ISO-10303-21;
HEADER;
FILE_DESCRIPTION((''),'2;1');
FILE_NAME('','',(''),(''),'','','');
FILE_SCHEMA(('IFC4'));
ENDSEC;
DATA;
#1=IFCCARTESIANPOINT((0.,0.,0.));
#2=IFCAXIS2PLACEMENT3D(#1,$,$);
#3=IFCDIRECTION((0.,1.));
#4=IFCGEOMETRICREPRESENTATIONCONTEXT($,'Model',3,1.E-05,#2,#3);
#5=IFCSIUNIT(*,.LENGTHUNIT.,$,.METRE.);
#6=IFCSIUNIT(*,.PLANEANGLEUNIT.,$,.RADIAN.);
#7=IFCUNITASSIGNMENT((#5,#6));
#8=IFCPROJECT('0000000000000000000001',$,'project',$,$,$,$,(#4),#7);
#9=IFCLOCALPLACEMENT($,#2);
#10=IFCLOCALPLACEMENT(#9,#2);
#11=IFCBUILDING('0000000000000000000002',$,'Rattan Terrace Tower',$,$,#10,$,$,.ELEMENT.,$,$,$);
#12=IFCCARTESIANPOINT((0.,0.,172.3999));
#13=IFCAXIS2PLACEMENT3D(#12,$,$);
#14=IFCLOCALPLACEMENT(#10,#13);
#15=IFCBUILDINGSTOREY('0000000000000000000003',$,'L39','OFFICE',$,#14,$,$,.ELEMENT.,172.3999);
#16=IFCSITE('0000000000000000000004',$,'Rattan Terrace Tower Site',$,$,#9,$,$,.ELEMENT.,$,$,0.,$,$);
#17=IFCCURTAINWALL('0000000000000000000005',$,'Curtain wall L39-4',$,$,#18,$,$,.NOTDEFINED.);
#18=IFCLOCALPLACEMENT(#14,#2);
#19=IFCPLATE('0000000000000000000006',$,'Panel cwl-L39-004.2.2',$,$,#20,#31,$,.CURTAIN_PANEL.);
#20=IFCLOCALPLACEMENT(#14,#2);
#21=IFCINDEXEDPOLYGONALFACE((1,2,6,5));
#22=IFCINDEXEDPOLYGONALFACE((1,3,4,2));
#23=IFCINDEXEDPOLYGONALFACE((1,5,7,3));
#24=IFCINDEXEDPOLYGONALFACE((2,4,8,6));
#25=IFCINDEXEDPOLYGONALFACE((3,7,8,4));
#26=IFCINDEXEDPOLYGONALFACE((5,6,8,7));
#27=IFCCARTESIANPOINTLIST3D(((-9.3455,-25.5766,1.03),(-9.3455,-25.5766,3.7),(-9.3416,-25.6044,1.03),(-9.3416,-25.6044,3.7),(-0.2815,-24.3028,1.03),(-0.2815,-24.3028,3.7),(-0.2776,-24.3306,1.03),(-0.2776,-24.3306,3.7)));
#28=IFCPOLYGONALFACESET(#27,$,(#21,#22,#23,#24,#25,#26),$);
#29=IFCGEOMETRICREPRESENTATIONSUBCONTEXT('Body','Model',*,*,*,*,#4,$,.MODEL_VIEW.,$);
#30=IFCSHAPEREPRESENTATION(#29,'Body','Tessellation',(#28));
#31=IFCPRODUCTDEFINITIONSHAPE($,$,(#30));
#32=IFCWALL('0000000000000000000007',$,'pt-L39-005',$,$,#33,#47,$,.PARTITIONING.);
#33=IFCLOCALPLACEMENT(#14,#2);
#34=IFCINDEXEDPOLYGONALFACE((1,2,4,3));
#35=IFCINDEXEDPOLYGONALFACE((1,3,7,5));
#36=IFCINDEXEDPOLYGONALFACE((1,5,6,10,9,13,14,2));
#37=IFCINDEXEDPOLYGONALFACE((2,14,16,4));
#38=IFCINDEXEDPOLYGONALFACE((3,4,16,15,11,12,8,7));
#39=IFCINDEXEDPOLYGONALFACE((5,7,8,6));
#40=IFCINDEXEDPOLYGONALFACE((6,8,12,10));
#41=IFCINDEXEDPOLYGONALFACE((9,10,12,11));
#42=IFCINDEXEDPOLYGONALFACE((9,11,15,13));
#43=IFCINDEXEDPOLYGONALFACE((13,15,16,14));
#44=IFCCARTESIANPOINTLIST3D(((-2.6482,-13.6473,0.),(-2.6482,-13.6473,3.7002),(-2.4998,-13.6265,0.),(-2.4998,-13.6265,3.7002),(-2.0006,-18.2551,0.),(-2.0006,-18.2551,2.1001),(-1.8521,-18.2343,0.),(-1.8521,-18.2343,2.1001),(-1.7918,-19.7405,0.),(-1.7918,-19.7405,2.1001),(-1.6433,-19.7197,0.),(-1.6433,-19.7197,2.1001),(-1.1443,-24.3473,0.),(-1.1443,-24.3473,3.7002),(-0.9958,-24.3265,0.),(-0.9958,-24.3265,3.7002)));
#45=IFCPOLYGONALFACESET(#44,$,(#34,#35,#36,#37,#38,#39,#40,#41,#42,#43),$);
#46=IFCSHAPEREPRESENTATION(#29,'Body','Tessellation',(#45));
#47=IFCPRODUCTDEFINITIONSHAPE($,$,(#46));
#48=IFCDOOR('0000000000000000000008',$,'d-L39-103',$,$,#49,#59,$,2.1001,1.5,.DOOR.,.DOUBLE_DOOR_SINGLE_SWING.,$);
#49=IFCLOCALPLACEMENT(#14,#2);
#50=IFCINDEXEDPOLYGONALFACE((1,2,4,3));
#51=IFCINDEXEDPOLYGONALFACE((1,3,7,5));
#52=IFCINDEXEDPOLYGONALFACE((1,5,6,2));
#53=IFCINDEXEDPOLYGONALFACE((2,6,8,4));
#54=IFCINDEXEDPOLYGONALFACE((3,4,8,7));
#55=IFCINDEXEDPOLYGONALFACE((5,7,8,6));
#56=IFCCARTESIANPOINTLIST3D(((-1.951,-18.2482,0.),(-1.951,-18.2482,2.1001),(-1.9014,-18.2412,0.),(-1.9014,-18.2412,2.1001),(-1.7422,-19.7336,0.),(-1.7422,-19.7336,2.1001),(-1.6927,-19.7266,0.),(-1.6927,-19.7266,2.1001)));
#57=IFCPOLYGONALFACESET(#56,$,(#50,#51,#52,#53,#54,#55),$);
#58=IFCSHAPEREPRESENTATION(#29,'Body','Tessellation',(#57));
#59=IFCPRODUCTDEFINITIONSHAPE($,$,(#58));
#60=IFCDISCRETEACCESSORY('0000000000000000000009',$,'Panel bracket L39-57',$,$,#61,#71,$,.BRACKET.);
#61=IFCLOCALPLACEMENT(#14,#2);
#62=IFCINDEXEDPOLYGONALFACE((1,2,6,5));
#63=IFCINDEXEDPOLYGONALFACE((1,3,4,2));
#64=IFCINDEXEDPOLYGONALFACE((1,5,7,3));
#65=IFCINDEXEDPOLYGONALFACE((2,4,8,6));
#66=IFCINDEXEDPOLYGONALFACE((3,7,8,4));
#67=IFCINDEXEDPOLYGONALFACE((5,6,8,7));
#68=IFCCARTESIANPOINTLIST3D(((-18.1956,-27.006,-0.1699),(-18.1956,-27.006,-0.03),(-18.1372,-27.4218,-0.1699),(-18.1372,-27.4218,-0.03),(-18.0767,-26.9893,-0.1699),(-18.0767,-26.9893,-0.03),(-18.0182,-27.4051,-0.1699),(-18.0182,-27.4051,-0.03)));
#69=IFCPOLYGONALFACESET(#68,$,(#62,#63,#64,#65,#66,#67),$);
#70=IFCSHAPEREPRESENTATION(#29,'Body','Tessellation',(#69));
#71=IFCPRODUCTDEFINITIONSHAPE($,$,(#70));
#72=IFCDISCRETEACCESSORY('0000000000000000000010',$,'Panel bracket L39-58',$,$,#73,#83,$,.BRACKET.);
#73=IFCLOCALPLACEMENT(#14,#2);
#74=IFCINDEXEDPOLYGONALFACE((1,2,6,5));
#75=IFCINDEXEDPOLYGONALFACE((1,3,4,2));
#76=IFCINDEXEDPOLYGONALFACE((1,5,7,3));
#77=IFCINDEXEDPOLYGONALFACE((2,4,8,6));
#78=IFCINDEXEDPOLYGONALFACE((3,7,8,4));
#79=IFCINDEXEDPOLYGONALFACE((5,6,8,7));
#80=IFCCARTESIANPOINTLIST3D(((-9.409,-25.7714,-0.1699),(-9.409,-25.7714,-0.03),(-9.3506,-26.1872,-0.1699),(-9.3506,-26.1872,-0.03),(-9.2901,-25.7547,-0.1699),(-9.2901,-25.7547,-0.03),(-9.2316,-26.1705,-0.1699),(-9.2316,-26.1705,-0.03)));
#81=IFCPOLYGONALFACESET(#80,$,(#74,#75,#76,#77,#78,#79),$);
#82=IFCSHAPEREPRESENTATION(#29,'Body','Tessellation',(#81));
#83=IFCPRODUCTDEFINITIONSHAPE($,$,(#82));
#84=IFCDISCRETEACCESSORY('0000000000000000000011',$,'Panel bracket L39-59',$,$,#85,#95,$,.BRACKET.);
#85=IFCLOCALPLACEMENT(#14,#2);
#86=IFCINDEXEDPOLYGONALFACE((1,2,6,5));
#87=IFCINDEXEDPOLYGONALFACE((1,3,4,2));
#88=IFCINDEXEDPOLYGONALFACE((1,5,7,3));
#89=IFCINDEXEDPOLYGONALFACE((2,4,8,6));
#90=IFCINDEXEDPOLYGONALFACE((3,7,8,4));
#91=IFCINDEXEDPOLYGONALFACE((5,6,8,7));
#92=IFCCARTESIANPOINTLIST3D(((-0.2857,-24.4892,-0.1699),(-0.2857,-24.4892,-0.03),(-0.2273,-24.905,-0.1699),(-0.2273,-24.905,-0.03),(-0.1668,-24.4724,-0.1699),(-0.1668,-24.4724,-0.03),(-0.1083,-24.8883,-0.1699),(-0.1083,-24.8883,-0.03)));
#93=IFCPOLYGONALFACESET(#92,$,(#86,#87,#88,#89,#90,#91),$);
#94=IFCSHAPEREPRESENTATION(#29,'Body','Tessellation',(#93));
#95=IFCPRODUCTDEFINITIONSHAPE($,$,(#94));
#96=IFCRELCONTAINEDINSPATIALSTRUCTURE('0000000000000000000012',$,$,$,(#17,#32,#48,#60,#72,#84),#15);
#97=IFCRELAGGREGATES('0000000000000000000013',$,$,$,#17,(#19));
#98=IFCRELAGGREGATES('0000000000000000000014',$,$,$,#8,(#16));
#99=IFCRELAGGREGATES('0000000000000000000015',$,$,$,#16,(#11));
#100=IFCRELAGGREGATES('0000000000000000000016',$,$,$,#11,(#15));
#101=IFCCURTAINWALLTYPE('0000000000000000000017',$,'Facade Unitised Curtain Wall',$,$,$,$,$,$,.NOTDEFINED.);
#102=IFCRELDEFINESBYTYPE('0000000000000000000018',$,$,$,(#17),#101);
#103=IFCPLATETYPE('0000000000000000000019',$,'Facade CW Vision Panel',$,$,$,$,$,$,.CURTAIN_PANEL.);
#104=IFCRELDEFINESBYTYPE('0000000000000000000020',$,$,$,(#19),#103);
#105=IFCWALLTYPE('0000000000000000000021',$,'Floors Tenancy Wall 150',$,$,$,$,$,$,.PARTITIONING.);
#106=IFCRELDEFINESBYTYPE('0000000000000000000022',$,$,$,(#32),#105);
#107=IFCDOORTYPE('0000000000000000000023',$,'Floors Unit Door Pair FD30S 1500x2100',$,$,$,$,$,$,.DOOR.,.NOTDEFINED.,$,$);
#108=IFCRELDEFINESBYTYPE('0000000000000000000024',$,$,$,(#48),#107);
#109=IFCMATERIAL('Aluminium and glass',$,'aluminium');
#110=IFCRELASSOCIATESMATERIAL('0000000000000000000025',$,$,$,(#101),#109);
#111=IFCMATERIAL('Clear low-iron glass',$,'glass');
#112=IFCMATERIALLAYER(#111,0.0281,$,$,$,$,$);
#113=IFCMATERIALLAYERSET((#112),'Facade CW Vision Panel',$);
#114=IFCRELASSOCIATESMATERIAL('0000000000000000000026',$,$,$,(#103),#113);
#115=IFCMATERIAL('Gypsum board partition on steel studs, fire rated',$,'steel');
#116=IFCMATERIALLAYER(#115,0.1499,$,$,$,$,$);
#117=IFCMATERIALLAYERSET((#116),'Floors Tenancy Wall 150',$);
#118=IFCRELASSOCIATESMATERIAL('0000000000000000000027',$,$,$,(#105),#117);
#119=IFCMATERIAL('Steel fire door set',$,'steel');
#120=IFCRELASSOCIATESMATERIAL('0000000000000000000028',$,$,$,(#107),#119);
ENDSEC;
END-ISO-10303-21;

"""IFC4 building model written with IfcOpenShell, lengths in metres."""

from ifc_helpers import new_model, si_unit, direction, frame, frame_2d, origin, origin_2d, place, context, subcontext, project, spatial, rectangle, extrude, material, layer, layer_set, type_object, element, fill, aggregate, save


model = new_model("IFC4")

# Units and contexts
model_context = context("Model", 3, precision=1e-05, world=origin(), true_north=direction((0.0, 1.0)))
body_context = subcontext(model_context, "Body", "Model", "MODEL_VIEW")
ifc_project = project(units=[si_unit("LENGTHUNIT", "METRE"), si_unit("PLANEANGLEUNIT", "RADIAN")], contexts=[model_context])

# Site, building, storey
site_placement = place(None, origin())
site = spatial("IfcSite", under=ifc_project, at=site_placement, Name="Rattan Terrace Tower Site", CompositionType="ELEMENT", RefElevation=0.0)
building_placement = place(site_placement, origin())
building = spatial("IfcBuilding", under=site, at=building_placement, Name="Rattan Terrace Tower", CompositionType="ELEMENT")
storey_placement = place(building_placement, frame((0.0, 0.0, 172.3999)))
storey = spatial("IfcBuildingStorey", under=building, at=storey_placement, Name="L39", Description="OFFICE", CompositionType="ELEMENT", Elevation=172.3999)

# Curtain wall
ifc_material_1 = material(Name="Aluminium and glass", Category="aluminium")
curtain_wall_type = type_object("IfcCurtainWallType", Name="Facade Unitised Curtain Wall", PredefinedType="NOTDEFINED", material=ifc_material_1)
curtain_wall_placement = place(storey_placement, origin())
curtain_wall = element("IfcCurtainWall", 1, at=curtain_wall_placement, inside=storey, type_object=curtain_wall_type, Name="Curtain wall L39-4", PredefinedType="NOTDEFINED")

# Plate
ifc_material_2 = material(Name="Clear low-iron glass", Category="glass")
ifc_layer_1 = layer(ifc_material_2, 0.0281)
ifc_layer_set_1 = layer_set([ifc_layer_1], Name="Facade CW Vision Panel")
plate_type_1 = type_object("IfcPlateType", Name="Facade CW Vision Panel", PredefinedType="CURTAIN_PANEL", material=ifc_layer_set_1)
plate_1_placement = place(storey_placement, frame((-4.8115, -24.9536, 1.03), z_axis=(0.0, 0.0, 1.0), x_axis=(0.99027, 0.139161, 0.0)))
plate_1 = element("IfcPlate", 2, at=plate_1_placement, type_object=plate_type_1, Name="Panel cwl-L39-004.2.2", PredefinedType="CURTAIN_PANEL", context=body_context, shape_type="SweptSolid", body=[
    extrude(rectangle(XDim=9.1531, YDim=0.0281, at=origin_2d()), origin(), (0.0, 0.0, 1.0), 2.6699),
])
aggregate(curtain_wall, [plate_1])

# Wall, opening, door
ifc_material_3 = material(Name="Gypsum board partition on steel studs, fire rated", Category="steel")
ifc_layer_2 = layer(ifc_material_3, 0.1499)
ifc_layer_set_2 = layer_set([ifc_layer_2], Name="Floors Tenancy Wall 150")
wall_type = type_object("IfcWallType", Name="Floors Tenancy Wall 150", PredefinedType="PARTITIONING", material=ifc_layer_set_2)
wall_placement = place(storey_placement, frame((-1.0701, -24.3369, 0.0), z_axis=(0.0, 0.0, 1.0), x_axis=(-0.139185, 0.990266, 0.0)))
wall = element("IfcWall", 3, at=wall_placement, inside=storey, type_object=wall_type, Name="pt-L39-005", PredefinedType="PARTITIONING", context=body_context, shape_type="SweptSolid", body=[
    extrude(rectangle(XDim=10.8052, YDim=0.1499, at=frame_2d((5.4026, 0.0))), origin(), (0.0, 0.0, 1.0), 3.7002),
])
opening_placement = place(wall_placement, frame((4.6521, 0.0, 0.0)))
opening = element("IfcOpeningElement", 4, at=opening_placement, cuts=wall, PredefinedType="OPENING", context=body_context, shape_type="SweptSolid", body=[
    extrude(rectangle(XDim=1.5, YDim=2.1001, at=frame_2d((0.75, 1.05))), frame((0.0, 0.0854, 0.0), z_axis=(0.0, -1.0, 0.0), x_axis=(1.0, 0.0, 0.0)), (0.0, 0.0, 1.0), 0.1709),
])
ifc_material_4 = material(Name="Steel fire door set", Category="steel")
door_type = type_object("IfcDoorType", Name="Floors Unit Door Pair FD30S 1500x2100", OperationType="NOTDEFINED", PredefinedType="DOOR", material=ifc_material_4)
door_placement = place(opening_placement, origin())
door = element("IfcDoor", 5, at=door_placement, inside=storey, type_object=door_type, Name="d-L39-103", OperationType="DOUBLE_DOOR_SINGLE_SWING", OverallHeight=2.1001, OverallWidth=1.5, PredefinedType="DOOR", context=body_context, shape_type="SweptSolid", body=[
    extrude(rectangle(XDim=1.5, YDim=2.1001, at=frame_2d((0.75, 1.05))), frame((0.0, 0.0249, 0.0), z_axis=(0.0, -1.0, 0.0), x_axis=(1.0, 0.0, 0.0)), (0.0, 0.0, 1.0), 0.05),
])
fill(opening, door)

# Discrete accessories
for number, where, z_axis, x_axis, name in (
    (6, (-18.1069, -27.2056, -0.1699), (0.0, 0.0, 1.0), (0.99027, 0.139161, 0.0), "Panel bracket L39-57"),
    (7, (-9.3203, -25.9709, -0.1699), (0.0, 0.0, 1.0), (0.99027, 0.139161, 0.0), "Panel bracket L39-58"),
    (8, (-0.197, -24.6887, -0.1699), (0.0, 0.0, 1.0), (0.99027, 0.139161, 0.0), "Panel bracket L39-59"),
):
    element("IfcDiscreteAccessory", number, at=place(storey_placement, frame(where, z_axis=z_axis, x_axis=x_axis)), inside=storey, Name=name, PredefinedType="BRACKET", context=body_context, shape_type="SweptSolid", body=[
        extrude(rectangle(XDim=0.1201, YDim=0.4199, at=origin_2d()), origin(), (0.0, 0.0, 1.0), 0.1399),
    ])

save(model, "model.ifc")
